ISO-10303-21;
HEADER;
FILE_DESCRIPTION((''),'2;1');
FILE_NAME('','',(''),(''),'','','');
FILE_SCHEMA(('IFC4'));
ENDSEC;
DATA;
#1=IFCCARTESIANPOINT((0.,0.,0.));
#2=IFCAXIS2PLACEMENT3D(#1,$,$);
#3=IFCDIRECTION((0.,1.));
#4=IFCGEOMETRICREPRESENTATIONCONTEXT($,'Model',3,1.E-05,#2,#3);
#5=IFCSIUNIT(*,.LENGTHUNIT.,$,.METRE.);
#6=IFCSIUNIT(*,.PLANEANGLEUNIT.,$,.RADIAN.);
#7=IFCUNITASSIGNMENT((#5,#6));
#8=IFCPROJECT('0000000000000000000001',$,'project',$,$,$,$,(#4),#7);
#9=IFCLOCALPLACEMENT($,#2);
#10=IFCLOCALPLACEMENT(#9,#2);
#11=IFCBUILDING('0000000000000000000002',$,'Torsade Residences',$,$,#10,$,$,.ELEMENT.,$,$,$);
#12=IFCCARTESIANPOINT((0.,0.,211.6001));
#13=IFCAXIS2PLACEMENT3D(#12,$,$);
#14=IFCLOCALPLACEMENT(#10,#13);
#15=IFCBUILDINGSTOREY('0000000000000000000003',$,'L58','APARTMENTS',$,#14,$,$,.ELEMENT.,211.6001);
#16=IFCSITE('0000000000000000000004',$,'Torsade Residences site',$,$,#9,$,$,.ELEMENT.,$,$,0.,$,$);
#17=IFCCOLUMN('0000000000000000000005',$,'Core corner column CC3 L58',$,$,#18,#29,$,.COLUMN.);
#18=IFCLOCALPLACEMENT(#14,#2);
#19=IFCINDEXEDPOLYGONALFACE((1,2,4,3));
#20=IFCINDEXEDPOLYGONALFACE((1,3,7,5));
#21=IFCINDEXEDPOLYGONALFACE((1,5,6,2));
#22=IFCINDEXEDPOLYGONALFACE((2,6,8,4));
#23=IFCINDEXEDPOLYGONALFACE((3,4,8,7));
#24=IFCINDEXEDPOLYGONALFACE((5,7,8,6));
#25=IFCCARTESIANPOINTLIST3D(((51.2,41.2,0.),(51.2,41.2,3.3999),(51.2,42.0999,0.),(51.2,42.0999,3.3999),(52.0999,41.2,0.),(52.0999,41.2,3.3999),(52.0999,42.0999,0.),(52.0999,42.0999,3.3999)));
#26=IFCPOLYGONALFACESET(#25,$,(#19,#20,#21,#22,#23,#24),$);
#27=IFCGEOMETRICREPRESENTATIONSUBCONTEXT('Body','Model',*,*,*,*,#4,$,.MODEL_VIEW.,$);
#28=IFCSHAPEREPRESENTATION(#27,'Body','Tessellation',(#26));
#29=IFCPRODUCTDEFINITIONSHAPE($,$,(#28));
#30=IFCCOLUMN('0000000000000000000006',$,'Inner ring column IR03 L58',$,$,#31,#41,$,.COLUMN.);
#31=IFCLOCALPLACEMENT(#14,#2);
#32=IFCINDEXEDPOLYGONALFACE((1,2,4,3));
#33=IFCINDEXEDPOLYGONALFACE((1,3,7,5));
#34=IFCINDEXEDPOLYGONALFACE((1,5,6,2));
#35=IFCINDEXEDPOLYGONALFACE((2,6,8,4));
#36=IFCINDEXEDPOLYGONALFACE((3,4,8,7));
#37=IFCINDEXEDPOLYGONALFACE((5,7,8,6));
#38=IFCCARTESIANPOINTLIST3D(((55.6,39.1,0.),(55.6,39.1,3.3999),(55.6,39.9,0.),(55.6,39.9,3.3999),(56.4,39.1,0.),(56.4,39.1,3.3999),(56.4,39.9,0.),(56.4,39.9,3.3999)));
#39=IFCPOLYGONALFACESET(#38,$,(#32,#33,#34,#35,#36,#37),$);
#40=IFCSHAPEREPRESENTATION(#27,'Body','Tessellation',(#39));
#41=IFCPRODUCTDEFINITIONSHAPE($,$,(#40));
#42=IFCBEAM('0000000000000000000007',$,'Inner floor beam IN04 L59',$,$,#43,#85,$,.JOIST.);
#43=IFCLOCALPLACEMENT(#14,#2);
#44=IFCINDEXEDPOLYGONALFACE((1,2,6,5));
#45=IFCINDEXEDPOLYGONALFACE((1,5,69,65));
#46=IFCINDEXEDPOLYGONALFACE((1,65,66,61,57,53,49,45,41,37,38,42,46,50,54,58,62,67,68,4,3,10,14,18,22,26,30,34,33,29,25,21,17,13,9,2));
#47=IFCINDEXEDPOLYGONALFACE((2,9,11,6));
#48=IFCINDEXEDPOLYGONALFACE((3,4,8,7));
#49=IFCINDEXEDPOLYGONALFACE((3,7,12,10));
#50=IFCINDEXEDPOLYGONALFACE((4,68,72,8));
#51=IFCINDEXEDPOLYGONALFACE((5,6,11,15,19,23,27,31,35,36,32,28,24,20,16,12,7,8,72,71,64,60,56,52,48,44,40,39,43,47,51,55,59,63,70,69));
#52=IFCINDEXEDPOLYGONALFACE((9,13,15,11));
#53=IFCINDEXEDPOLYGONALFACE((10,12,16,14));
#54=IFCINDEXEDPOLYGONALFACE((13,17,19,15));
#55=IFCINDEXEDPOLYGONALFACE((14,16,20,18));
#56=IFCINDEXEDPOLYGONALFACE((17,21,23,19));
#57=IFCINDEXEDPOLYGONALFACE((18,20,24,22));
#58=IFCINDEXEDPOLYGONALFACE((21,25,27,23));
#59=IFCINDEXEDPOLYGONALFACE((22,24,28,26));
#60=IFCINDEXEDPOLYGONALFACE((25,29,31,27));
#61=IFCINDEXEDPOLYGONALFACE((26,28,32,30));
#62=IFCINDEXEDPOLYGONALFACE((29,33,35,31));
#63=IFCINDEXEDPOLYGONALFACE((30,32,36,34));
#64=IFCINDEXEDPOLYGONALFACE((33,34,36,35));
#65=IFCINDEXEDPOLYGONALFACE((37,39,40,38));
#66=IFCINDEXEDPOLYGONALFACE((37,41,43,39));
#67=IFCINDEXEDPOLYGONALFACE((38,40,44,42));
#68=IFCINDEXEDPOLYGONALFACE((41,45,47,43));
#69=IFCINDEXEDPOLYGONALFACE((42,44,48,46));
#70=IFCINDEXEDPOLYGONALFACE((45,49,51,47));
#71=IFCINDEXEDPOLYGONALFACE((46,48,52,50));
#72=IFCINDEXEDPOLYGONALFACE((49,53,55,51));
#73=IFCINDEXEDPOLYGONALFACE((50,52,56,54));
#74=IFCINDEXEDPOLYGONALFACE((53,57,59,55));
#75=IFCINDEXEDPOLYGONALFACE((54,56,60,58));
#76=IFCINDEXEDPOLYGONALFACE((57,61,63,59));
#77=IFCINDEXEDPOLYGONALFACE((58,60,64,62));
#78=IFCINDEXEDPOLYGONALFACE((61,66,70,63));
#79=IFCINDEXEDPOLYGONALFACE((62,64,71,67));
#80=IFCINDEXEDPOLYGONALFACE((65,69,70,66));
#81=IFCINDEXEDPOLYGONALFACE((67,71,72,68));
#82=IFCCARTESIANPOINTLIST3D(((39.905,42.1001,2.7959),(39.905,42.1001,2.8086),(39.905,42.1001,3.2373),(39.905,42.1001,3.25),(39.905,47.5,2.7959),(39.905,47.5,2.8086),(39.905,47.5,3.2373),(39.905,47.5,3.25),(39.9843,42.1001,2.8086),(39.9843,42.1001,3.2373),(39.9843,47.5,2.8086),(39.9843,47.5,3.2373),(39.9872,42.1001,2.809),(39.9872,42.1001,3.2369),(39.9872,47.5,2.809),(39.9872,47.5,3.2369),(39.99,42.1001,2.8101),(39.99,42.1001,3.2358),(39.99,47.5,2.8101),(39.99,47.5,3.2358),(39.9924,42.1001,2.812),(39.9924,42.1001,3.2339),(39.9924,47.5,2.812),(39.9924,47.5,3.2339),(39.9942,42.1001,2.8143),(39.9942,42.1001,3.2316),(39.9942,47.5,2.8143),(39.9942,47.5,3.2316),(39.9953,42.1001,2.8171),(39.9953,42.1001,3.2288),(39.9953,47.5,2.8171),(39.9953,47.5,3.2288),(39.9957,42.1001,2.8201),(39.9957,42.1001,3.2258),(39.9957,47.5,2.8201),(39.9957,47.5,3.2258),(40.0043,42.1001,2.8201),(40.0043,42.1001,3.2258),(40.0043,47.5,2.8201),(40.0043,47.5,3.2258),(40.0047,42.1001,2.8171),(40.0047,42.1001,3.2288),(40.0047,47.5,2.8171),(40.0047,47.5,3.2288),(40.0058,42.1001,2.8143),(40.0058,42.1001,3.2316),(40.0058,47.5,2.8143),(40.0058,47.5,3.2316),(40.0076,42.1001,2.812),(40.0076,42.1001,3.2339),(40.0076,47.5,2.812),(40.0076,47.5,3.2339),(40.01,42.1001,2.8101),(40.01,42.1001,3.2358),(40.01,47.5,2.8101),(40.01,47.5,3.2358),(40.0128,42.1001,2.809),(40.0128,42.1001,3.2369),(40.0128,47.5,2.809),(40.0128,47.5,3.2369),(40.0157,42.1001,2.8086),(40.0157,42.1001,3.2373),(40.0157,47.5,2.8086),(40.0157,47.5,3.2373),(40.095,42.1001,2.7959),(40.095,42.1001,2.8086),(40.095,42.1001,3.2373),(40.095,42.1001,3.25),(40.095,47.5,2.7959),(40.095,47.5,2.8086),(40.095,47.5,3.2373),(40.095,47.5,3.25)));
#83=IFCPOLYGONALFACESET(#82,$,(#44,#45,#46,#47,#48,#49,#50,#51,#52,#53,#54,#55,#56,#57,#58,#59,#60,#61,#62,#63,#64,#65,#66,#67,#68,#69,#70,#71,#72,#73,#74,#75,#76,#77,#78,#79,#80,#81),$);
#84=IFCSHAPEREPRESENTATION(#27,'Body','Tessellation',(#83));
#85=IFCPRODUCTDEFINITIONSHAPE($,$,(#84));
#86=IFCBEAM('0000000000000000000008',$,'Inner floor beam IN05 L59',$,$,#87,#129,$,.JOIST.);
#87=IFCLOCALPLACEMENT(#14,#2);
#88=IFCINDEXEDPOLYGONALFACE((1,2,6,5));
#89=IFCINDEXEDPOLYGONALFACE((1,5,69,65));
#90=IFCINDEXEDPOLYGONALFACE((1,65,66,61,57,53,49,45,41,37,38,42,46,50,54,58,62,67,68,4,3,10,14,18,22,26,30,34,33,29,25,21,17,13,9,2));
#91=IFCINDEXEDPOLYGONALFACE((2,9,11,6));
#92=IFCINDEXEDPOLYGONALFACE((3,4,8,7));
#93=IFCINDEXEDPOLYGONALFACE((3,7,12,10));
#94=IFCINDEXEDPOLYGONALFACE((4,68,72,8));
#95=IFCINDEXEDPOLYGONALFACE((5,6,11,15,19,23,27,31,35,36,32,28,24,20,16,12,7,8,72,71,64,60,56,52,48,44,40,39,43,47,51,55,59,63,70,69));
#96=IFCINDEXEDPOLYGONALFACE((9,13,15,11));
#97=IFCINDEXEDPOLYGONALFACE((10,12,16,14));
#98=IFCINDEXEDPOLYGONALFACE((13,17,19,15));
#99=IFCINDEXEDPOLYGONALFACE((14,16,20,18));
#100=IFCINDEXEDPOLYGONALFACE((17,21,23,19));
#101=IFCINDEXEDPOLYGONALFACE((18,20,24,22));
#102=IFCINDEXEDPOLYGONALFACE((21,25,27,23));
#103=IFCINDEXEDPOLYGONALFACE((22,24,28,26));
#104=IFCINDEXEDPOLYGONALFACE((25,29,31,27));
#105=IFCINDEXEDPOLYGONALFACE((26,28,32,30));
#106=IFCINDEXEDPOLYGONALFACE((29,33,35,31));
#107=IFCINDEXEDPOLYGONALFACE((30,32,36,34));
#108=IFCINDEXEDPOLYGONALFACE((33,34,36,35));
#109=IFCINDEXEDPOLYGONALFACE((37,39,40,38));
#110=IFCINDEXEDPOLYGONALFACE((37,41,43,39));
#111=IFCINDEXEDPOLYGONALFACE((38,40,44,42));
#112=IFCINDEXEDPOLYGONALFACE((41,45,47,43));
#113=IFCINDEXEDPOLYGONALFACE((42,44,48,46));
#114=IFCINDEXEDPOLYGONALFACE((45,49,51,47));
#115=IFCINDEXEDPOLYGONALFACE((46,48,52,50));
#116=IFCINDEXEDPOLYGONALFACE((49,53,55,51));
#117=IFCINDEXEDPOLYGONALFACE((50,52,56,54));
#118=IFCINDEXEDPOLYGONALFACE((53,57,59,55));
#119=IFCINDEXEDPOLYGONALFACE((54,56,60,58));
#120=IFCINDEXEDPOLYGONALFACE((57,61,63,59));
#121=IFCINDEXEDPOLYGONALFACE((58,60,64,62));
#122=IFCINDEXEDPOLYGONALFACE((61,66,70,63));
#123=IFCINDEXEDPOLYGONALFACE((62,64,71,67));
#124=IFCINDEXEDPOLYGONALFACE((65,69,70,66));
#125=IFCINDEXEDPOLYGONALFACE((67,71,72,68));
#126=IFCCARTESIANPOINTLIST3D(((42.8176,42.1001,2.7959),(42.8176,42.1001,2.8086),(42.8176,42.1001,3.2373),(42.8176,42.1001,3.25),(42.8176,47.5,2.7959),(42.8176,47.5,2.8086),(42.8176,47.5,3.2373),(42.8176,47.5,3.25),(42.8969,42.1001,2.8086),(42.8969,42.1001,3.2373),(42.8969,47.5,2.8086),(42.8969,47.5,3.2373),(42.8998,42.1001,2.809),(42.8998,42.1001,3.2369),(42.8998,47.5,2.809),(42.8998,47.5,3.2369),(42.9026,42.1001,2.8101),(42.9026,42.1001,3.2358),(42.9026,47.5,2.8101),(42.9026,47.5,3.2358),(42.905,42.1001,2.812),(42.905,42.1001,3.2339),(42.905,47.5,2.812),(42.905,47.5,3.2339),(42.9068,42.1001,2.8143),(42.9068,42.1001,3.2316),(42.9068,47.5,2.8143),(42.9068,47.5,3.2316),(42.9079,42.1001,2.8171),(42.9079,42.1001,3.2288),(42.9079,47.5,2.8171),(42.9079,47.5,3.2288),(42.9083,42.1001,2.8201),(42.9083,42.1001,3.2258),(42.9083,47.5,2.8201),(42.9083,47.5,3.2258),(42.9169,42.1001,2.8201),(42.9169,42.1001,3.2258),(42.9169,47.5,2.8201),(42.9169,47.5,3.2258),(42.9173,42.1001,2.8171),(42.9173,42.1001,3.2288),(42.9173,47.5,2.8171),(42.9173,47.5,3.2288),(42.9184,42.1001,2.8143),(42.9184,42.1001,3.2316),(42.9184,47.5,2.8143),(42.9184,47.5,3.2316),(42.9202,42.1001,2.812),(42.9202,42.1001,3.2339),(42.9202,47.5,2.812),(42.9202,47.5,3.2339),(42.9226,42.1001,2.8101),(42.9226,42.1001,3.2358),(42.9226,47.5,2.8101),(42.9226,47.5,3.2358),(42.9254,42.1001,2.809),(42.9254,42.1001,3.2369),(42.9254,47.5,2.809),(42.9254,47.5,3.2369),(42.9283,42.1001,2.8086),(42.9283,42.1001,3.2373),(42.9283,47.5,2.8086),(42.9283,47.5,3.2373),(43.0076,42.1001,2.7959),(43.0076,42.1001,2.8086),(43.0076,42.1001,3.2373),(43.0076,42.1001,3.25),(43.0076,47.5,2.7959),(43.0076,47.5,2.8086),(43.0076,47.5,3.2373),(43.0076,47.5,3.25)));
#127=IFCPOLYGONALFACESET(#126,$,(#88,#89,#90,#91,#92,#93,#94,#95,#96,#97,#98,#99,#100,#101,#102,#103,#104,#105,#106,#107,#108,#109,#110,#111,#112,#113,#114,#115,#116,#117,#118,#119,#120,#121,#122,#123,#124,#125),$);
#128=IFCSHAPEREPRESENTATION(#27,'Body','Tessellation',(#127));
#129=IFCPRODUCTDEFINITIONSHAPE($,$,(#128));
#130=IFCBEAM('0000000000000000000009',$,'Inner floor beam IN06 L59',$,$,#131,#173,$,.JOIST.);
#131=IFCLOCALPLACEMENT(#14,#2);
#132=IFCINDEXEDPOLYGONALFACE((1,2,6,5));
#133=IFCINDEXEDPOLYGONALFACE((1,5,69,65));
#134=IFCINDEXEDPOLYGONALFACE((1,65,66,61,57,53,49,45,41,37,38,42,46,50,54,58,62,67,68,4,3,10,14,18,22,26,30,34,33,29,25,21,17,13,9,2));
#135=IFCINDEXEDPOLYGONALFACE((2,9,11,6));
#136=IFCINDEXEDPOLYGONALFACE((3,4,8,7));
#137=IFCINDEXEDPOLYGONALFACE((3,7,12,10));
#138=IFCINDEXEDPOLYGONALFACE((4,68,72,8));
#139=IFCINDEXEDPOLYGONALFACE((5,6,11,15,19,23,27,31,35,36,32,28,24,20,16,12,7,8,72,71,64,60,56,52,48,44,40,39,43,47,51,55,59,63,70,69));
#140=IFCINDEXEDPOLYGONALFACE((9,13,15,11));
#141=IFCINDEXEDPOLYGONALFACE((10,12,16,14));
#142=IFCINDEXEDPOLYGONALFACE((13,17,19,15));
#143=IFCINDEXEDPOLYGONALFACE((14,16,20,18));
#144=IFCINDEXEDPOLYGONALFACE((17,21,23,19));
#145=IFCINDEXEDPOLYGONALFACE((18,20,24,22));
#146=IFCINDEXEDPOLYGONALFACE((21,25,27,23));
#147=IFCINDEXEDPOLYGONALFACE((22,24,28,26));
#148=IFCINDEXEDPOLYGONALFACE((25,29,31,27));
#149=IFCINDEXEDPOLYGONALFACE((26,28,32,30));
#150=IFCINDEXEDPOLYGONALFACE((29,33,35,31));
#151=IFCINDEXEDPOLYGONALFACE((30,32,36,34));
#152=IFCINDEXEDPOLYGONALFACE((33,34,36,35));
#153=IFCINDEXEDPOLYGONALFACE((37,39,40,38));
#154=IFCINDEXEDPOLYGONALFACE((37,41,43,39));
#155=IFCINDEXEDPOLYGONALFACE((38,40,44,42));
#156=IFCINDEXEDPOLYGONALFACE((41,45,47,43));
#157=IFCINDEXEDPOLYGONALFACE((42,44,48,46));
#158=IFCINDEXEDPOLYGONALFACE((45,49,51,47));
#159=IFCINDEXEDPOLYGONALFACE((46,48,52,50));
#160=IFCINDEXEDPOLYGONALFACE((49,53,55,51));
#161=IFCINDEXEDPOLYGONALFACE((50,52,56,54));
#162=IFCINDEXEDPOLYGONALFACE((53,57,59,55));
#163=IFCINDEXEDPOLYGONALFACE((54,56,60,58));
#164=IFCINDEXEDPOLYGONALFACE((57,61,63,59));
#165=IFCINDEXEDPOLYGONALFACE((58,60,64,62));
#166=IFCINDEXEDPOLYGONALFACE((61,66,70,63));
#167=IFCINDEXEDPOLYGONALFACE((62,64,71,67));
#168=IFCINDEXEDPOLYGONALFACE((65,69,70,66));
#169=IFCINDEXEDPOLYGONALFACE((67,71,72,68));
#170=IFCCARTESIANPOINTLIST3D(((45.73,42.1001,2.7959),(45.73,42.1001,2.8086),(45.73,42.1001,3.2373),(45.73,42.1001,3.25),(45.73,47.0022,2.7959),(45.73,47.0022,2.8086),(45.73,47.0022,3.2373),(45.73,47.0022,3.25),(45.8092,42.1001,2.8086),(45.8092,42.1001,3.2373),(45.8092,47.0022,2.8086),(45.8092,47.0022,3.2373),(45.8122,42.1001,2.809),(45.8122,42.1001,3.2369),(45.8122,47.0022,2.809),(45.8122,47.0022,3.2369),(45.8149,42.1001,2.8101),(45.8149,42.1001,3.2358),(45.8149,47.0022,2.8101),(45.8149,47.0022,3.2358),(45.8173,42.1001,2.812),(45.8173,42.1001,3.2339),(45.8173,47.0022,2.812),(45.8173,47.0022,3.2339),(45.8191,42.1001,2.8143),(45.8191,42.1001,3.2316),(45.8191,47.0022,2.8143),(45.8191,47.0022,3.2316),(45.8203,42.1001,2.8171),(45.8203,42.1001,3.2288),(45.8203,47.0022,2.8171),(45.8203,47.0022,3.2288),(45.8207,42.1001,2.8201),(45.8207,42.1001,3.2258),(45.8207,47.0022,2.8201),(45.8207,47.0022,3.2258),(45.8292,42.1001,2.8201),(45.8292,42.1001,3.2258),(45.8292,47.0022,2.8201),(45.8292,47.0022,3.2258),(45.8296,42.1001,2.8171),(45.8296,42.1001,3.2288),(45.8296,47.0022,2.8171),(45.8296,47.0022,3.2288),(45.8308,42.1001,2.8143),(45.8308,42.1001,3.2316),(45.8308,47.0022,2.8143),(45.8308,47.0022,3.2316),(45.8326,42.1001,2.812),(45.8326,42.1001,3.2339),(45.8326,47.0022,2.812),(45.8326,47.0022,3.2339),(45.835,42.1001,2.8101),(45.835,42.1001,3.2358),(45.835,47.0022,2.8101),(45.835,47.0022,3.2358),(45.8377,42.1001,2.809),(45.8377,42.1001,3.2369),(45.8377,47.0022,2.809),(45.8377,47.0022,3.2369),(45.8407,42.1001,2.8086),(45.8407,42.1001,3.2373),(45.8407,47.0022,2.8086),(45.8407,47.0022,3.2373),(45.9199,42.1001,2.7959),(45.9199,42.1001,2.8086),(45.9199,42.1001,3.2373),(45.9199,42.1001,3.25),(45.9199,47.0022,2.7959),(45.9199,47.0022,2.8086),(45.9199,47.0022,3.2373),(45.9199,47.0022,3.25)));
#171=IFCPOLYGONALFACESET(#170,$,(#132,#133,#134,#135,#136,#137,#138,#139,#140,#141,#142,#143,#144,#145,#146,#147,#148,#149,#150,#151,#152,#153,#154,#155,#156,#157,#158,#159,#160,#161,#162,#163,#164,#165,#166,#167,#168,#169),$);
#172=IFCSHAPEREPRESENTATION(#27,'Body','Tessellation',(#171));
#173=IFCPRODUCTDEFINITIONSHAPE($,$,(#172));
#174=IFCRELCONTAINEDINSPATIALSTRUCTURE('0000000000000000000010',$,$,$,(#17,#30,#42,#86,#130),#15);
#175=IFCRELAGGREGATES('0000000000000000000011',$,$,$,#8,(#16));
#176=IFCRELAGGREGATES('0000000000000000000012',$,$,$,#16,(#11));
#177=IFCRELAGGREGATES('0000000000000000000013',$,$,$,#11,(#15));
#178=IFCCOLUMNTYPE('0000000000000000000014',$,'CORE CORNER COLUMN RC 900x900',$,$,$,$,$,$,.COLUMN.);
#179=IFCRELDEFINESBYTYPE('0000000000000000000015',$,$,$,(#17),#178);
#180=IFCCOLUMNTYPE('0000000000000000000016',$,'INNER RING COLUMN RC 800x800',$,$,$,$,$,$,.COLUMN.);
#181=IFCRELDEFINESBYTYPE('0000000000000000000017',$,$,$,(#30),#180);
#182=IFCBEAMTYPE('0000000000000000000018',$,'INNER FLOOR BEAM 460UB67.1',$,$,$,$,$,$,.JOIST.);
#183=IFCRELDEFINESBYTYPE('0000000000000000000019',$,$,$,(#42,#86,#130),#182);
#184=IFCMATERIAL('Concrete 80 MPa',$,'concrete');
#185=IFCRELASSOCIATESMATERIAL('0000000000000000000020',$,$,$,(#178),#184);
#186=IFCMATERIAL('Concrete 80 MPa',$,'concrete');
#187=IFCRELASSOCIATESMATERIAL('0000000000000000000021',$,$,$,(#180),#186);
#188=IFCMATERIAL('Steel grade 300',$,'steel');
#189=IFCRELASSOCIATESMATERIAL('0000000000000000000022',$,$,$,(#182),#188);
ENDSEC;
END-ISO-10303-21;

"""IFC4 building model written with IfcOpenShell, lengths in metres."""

from ifc_helpers import new_model, si_unit, direction, frame, origin, origin_2d, place, context, subcontext, project, spatial, rectangle, i_section, extrude, material, material_profile, profile_set, type_object, element, save


model = new_model("IFC4")

# Units and contexts
model_context = context("Model", 3, precision=1e-05, world=origin(), true_north=direction((0.0, 1.0)))
body_context = subcontext(model_context, "Body", "Model", "MODEL_VIEW")
ifc_project = project(units=[si_unit("LENGTHUNIT", "METRE"), si_unit("PLANEANGLEUNIT", "RADIAN")], contexts=[model_context])

# Site, building, storey
site_placement = place(None, origin())
site = spatial("IfcSite", under=ifc_project, at=site_placement, Name="Torsade Residences site", CompositionType="ELEMENT", RefElevation=0.0)
building_placement = place(site_placement, origin())
building = spatial("IfcBuilding", under=site, at=building_placement, Name="Torsade Residences", CompositionType="ELEMENT")
storey_placement = place(building_placement, frame((0.0, 0.0, 211.6001)))
storey = spatial("IfcBuildingStorey", under=building, at=storey_placement, Name="L58", Description="APARTMENTS", CompositionType="ELEMENT", Elevation=211.6001)

# Columns
ifc_material_1 = material(Name="Concrete 80 MPa", Category="concrete")
ifc_material_profile_1 = material_profile(ifc_material_1, rectangle(XDim=0.8999, YDim=0.8999, at=origin_2d()), Name="RC 900x900")
ifc_profile_set_1 = profile_set([ifc_material_profile_1], Name="Concrete 80 MPa")
column_type_1 = type_object("IfcColumnType", Name="CORE CORNER COLUMN RC 900x900", PredefinedType="COLUMN", material=ifc_profile_set_1)
column_1_placement = place(storey_placement, frame((51.6499, 41.6499, 0.0), z_axis=(0.0, 0.0, 1.0), x_axis=(1.0, 0.0, 0.0)))
element("IfcColumn", 1, at=column_1_placement, inside=storey, type_object=column_type_1, Name="Core corner column CC3 L58", PredefinedType="COLUMN", context=body_context, shape_type="SweptSolid", body=[
    extrude(rectangle(XDim=0.8999, YDim=0.8999, at=origin_2d()), origin(), (0.0, 0.0, 1.0), 3.3999),
])
ifc_material_2 = material(Name="Concrete 80 MPa", Category="concrete")
ifc_material_profile_2 = material_profile(ifc_material_2, rectangle(XDim=0.8, YDim=0.8, at=origin_2d()), Name="RC 800x800")
ifc_profile_set_2 = profile_set([ifc_material_profile_2], Name="Concrete 80 MPa")
column_type_2 = type_object("IfcColumnType", Name="INNER RING COLUMN RC 800x800", PredefinedType="COLUMN", material=ifc_profile_set_2)
column_2_placement = place(storey_placement, frame((56.0, 39.5, 0.0), z_axis=(0.0, 0.0, 1.0), x_axis=(1.0, 0.0, 0.0)))
element("IfcColumn", 2, at=column_2_placement, inside=storey, type_object=column_type_2, Name="Inner ring column IR03 L58", PredefinedType="COLUMN", context=body_context, shape_type="SweptSolid", body=[
    extrude(rectangle(XDim=0.8, YDim=0.8, at=origin_2d()), origin(), (0.0, 0.0, 1.0), 3.3999),
])

# Beams
ifc_material_3 = material(Name="Steel grade 300", Category="steel")
ifc_material_profile_3 = material_profile(ifc_material_3, i_section(OverallWidth=0.1899, OverallDepth=0.4541, WebThickness=0.0085, FlangeThickness=0.0127, FilletRadius=0.0115, at=origin_2d()), Name="460UB67.1")
ifc_profile_set_3 = profile_set([ifc_material_profile_3], Name="Steel grade 300")
beam_type_1 = type_object("IfcBeamType", Name="INNER FLOOR BEAM 460UB67.1", PredefinedType="JOIST", material=ifc_profile_set_3)
for number, where, z_axis, x_axis, name in (
    (3, (40.0, 42.1001, 3.0229), (0.0, 1.0, 0.0), (-1.0, 0.0, 0.0), "Inner floor beam IN04 L59"),
    (4, (42.9126, 42.1001, 3.0229), (0.0, 1.0, 0.0), (-1.0, 0.0, 0.0), "Inner floor beam IN05 L59"),
):
    element("IfcBeam", number, at=place(storey_placement, frame(where, z_axis=z_axis, x_axis=x_axis)), inside=storey, type_object=beam_type_1, Name=name, PredefinedType="JOIST", context=body_context, shape_type="SweptSolid", body=[
        extrude(i_section(OverallWidth=0.1899, OverallDepth=0.4541, WebThickness=0.0085, FlangeThickness=0.0127, FilletRadius=0.0115, at=origin_2d()), origin(), (0.0, 0.0, 1.0), 5.3999),
    ])
beam_1_placement = place(storey_placement, frame((45.825, 42.1001, 3.0229), z_axis=(0.0, 1.0, 0.0), x_axis=(-1.0, 0.0, 0.0)))
element("IfcBeam", 5, at=beam_1_placement, inside=storey, type_object=beam_type_1, Name="Inner floor beam IN06 L59", PredefinedType="JOIST", context=body_context, shape_type="SweptSolid", body=[
    extrude(i_section(OverallWidth=0.1899, OverallDepth=0.4541, WebThickness=0.0085, FlangeThickness=0.0127, FilletRadius=0.0115, at=origin_2d()), origin(), (0.0, 0.0, 1.0), 4.9021),
])

save(model, "model.ifc")
